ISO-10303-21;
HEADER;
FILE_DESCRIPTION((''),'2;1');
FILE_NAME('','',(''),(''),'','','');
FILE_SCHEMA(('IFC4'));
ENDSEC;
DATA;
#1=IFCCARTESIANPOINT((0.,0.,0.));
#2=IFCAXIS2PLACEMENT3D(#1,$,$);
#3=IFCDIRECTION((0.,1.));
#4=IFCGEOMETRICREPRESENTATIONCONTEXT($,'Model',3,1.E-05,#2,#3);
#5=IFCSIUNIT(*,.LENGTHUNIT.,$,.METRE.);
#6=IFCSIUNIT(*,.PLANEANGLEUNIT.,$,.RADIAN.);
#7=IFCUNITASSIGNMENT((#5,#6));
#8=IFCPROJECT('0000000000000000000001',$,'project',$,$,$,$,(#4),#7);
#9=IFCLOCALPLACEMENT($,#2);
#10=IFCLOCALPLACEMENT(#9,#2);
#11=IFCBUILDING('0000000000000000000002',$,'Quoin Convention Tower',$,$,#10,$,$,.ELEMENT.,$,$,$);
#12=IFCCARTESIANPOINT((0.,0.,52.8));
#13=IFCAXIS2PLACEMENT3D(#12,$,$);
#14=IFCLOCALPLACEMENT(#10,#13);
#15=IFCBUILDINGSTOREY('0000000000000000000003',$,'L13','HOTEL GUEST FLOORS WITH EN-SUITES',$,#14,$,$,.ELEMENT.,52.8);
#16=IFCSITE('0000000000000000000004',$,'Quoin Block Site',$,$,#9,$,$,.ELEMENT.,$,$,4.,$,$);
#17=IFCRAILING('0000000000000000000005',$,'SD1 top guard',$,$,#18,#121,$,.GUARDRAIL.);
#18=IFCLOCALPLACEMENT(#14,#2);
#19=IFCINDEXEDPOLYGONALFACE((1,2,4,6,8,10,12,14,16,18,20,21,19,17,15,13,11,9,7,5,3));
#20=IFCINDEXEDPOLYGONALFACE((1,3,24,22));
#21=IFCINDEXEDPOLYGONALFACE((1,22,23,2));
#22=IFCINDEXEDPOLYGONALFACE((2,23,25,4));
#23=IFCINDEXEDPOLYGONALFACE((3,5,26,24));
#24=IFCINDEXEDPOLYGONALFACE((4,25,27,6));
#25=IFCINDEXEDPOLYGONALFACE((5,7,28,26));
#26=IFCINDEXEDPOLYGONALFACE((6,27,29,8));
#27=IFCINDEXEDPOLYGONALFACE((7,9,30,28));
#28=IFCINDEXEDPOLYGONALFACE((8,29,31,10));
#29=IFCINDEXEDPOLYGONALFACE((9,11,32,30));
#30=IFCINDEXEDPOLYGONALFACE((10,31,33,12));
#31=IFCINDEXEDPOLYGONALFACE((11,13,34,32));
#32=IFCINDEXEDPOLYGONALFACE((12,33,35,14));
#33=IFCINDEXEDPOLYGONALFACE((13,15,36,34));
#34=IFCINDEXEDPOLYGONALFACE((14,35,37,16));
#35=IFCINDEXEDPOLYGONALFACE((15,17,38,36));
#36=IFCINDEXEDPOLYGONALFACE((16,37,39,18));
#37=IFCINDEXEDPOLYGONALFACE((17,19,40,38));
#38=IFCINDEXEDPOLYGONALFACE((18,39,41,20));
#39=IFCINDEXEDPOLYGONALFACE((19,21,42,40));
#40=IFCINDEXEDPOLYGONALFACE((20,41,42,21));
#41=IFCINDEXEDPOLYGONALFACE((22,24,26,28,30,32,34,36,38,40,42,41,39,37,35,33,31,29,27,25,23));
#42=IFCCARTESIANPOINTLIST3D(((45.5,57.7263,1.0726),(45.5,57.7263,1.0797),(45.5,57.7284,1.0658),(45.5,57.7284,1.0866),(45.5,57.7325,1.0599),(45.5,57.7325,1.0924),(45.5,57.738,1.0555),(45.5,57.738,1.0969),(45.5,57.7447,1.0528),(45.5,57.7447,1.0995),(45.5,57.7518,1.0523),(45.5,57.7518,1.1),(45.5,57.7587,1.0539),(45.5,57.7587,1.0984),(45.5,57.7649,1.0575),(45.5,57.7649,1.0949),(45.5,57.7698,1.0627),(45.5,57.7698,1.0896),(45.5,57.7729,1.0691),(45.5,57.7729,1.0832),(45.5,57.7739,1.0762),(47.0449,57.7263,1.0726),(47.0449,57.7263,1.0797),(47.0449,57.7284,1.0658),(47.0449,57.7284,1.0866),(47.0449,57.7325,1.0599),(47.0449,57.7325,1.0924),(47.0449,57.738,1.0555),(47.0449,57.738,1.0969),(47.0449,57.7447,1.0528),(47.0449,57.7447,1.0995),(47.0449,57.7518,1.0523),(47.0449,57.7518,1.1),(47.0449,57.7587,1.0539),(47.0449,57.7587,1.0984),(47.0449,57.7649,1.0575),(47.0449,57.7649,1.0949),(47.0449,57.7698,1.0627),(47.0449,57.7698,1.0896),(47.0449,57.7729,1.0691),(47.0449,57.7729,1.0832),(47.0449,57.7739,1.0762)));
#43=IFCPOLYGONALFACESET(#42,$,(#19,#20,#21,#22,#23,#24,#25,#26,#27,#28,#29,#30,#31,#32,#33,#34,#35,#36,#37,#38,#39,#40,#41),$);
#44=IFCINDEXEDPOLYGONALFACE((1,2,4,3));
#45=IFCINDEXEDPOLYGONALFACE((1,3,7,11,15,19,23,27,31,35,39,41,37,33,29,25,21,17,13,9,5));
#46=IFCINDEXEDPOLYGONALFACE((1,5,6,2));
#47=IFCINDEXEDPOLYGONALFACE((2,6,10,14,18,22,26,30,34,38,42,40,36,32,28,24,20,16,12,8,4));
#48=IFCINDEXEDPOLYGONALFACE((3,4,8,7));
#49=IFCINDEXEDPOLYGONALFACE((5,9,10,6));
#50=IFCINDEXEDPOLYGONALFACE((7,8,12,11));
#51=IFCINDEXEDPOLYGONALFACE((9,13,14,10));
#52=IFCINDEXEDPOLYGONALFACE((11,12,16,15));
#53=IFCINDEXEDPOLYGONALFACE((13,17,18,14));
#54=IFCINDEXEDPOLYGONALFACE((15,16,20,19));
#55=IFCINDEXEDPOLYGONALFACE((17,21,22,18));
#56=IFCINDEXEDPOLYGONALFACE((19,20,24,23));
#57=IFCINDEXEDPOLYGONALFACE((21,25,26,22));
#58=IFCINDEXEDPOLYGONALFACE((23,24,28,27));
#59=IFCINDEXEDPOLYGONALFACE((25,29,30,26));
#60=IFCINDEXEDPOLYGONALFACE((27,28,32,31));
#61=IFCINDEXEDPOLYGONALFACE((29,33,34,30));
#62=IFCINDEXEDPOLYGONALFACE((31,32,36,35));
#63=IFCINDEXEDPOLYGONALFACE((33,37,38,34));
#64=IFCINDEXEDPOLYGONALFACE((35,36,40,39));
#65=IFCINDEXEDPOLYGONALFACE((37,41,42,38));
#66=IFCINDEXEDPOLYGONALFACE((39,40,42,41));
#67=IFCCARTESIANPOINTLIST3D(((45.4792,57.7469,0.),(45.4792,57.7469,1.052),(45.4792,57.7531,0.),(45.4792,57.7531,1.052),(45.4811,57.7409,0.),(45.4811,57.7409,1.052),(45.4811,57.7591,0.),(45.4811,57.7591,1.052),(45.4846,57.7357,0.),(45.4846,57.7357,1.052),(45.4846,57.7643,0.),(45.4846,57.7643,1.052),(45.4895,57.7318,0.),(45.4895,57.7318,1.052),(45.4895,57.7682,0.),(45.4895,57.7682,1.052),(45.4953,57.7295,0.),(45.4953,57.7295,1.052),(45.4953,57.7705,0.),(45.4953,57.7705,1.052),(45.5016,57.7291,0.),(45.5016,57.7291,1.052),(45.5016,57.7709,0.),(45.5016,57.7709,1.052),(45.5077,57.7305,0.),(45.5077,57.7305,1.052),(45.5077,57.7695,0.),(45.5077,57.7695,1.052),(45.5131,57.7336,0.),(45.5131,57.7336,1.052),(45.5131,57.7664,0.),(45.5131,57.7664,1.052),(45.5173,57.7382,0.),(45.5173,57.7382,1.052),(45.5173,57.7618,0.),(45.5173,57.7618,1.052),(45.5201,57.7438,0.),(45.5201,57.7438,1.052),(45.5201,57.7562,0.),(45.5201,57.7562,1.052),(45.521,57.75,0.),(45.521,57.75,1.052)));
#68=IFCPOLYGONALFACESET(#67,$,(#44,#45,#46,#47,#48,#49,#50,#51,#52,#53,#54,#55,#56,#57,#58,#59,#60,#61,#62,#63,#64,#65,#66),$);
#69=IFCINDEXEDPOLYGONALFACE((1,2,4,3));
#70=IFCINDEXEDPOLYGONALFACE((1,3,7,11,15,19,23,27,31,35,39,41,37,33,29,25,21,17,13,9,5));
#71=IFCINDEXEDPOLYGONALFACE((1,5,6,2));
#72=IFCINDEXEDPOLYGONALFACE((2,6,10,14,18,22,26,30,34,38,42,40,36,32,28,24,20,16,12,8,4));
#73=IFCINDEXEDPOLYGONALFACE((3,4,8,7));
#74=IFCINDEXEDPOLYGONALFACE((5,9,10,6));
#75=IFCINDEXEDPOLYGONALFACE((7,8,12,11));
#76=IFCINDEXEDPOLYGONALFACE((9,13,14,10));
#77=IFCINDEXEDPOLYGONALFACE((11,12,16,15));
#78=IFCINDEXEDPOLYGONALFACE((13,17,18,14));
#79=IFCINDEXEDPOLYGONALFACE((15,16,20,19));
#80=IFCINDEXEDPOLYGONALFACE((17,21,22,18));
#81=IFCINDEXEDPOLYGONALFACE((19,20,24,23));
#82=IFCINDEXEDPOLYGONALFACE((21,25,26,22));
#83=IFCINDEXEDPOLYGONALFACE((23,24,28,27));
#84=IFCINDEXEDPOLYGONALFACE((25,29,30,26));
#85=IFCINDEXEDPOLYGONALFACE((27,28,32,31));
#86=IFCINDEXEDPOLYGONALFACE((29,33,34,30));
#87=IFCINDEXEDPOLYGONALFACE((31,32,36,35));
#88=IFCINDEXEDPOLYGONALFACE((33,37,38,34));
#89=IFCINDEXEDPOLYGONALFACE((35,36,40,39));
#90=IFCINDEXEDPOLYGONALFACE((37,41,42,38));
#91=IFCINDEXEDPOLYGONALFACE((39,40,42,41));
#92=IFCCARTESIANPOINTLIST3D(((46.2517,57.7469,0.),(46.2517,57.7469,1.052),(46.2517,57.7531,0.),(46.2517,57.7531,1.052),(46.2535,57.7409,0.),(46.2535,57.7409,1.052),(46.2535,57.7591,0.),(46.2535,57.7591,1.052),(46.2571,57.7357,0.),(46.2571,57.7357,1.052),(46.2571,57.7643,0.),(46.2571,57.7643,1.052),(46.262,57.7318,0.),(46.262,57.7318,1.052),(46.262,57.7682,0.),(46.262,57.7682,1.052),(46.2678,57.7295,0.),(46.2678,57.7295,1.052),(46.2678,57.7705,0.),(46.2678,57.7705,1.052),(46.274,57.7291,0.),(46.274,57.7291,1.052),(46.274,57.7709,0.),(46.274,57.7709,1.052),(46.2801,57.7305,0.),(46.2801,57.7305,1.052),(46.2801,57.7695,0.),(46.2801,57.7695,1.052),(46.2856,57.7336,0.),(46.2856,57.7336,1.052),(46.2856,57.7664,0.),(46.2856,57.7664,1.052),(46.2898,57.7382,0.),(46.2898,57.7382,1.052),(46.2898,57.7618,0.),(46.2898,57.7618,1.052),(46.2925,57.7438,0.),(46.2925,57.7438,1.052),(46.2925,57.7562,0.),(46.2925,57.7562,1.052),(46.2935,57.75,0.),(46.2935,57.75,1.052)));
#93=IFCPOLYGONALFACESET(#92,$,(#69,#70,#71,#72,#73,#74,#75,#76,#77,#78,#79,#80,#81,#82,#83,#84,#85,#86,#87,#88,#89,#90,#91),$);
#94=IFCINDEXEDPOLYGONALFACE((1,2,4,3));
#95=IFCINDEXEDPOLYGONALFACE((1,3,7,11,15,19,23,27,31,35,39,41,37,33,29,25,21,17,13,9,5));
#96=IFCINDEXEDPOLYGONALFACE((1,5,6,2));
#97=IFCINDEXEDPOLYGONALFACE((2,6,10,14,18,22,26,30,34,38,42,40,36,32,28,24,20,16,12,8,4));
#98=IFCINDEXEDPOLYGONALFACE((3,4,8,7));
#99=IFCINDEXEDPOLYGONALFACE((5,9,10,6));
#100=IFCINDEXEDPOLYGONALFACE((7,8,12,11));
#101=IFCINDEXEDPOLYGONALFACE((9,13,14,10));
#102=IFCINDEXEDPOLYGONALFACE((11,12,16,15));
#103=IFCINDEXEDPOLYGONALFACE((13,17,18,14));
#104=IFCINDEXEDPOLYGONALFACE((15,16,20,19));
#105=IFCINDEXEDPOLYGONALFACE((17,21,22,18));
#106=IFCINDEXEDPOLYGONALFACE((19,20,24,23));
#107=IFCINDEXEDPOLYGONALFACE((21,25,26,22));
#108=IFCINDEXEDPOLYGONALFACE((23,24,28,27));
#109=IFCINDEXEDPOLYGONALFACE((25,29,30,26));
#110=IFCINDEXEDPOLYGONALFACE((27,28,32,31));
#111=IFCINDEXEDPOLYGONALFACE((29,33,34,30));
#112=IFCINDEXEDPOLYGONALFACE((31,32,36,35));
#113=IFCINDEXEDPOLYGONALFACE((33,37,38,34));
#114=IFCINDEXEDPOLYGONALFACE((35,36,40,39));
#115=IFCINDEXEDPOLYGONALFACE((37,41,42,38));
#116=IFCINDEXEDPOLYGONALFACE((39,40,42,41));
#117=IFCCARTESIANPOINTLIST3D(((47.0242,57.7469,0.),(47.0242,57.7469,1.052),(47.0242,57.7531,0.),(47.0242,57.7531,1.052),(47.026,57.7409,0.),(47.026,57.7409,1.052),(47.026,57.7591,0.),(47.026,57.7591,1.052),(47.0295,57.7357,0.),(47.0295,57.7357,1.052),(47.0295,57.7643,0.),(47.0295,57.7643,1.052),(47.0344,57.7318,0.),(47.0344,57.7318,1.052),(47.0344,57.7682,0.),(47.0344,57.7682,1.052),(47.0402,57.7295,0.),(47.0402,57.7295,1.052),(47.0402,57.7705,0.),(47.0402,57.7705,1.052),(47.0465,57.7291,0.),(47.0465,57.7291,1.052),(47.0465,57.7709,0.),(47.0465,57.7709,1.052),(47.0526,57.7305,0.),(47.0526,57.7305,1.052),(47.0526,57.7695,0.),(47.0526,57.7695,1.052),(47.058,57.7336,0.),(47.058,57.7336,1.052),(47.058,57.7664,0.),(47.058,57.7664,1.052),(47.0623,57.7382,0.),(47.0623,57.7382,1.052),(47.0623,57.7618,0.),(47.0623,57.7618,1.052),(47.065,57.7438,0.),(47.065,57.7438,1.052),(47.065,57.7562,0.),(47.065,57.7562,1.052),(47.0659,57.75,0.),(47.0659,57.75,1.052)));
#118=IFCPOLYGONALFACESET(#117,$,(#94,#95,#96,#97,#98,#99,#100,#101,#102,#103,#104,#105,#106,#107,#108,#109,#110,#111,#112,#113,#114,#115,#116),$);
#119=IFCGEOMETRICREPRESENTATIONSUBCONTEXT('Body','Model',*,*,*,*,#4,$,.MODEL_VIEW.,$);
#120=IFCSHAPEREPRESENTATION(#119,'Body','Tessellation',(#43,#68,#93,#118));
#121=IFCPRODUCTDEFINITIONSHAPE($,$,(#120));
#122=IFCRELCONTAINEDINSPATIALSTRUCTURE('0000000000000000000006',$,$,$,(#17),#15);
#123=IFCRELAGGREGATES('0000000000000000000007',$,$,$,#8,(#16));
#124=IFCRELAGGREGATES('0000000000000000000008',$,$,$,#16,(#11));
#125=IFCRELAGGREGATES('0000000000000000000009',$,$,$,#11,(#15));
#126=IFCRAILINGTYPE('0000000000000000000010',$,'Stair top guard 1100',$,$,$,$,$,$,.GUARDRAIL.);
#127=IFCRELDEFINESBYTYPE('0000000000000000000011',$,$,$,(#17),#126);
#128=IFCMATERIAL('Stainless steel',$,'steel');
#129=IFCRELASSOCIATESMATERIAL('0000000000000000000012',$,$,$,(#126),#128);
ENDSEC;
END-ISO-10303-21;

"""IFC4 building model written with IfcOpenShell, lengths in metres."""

from ifc_helpers import new_model, si_unit, direction, frame, origin, origin_2d, place, context, subcontext, project, spatial, circle, extrude, material, type_object, element, save


model = new_model("IFC4")

# Units and contexts
model_context = context("Model", 3, precision=1e-05, world=origin(), true_north=direction((0.0, 1.0)))
body_context = subcontext(model_context, "Body", "Model", "MODEL_VIEW")
ifc_project = project(units=[si_unit("LENGTHUNIT", "METRE"), si_unit("PLANEANGLEUNIT", "RADIAN")], contexts=[model_context])

# Site, building, storey
site_placement = place(None, origin())
site = spatial("IfcSite", under=ifc_project, at=site_placement, Name="Quoin Block Site", CompositionType="ELEMENT", RefElevation=4.0)
building_placement = place(site_placement, origin())
building = spatial("IfcBuilding", under=site, at=building_placement, Name="Quoin Convention Tower", CompositionType="ELEMENT")
storey_placement = place(building_placement, frame((0.0, 0.0, 52.8)))
storey = spatial("IfcBuildingStorey", under=building, at=storey_placement, Name="L13", Description="HOTEL GUEST FLOORS WITH EN-SUITES", CompositionType="ELEMENT", Elevation=52.8)

# Railing
ifc_material_1 = material(Name="Stainless steel", Category="steel")
railing_type = type_object("IfcRailingType", Name="Stair top guard 1100", PredefinedType="GUARDRAIL", material=ifc_material_1)
railing_placement = place(storey_placement, frame((45.5, 57.75, 0.0)))
element("IfcRailing", 1, at=railing_placement, inside=storey, type_object=railing_type, Name="SD1 top guard", PredefinedType="GUARDRAIL", context=body_context, shape_type="SweptSolid", body=[
    extrude(circle(Radius=0.0239, at=origin_2d()), frame((0.0, 0.0, 1.0762), z_axis=(1.0, 0.0, 0.0), x_axis=(0.0, 1.0, 0.0)), (0.0, 0.0, 1.0), 1.5449),
    extrude(circle(Radius=0.021, at=origin_2d()), origin(), (0.0, 0.0, 1.0), 1.052),
    extrude(circle(Radius=0.021, at=origin_2d()), frame((0.7725, 0.0, 0.0)), (0.0, 0.0, 1.0), 1.052),
    extrude(circle(Radius=0.021, at=origin_2d()), frame((1.5449, 0.0, 0.0)), (0.0, 0.0, 1.0), 1.052),
])

save(model, "model.ifc")
